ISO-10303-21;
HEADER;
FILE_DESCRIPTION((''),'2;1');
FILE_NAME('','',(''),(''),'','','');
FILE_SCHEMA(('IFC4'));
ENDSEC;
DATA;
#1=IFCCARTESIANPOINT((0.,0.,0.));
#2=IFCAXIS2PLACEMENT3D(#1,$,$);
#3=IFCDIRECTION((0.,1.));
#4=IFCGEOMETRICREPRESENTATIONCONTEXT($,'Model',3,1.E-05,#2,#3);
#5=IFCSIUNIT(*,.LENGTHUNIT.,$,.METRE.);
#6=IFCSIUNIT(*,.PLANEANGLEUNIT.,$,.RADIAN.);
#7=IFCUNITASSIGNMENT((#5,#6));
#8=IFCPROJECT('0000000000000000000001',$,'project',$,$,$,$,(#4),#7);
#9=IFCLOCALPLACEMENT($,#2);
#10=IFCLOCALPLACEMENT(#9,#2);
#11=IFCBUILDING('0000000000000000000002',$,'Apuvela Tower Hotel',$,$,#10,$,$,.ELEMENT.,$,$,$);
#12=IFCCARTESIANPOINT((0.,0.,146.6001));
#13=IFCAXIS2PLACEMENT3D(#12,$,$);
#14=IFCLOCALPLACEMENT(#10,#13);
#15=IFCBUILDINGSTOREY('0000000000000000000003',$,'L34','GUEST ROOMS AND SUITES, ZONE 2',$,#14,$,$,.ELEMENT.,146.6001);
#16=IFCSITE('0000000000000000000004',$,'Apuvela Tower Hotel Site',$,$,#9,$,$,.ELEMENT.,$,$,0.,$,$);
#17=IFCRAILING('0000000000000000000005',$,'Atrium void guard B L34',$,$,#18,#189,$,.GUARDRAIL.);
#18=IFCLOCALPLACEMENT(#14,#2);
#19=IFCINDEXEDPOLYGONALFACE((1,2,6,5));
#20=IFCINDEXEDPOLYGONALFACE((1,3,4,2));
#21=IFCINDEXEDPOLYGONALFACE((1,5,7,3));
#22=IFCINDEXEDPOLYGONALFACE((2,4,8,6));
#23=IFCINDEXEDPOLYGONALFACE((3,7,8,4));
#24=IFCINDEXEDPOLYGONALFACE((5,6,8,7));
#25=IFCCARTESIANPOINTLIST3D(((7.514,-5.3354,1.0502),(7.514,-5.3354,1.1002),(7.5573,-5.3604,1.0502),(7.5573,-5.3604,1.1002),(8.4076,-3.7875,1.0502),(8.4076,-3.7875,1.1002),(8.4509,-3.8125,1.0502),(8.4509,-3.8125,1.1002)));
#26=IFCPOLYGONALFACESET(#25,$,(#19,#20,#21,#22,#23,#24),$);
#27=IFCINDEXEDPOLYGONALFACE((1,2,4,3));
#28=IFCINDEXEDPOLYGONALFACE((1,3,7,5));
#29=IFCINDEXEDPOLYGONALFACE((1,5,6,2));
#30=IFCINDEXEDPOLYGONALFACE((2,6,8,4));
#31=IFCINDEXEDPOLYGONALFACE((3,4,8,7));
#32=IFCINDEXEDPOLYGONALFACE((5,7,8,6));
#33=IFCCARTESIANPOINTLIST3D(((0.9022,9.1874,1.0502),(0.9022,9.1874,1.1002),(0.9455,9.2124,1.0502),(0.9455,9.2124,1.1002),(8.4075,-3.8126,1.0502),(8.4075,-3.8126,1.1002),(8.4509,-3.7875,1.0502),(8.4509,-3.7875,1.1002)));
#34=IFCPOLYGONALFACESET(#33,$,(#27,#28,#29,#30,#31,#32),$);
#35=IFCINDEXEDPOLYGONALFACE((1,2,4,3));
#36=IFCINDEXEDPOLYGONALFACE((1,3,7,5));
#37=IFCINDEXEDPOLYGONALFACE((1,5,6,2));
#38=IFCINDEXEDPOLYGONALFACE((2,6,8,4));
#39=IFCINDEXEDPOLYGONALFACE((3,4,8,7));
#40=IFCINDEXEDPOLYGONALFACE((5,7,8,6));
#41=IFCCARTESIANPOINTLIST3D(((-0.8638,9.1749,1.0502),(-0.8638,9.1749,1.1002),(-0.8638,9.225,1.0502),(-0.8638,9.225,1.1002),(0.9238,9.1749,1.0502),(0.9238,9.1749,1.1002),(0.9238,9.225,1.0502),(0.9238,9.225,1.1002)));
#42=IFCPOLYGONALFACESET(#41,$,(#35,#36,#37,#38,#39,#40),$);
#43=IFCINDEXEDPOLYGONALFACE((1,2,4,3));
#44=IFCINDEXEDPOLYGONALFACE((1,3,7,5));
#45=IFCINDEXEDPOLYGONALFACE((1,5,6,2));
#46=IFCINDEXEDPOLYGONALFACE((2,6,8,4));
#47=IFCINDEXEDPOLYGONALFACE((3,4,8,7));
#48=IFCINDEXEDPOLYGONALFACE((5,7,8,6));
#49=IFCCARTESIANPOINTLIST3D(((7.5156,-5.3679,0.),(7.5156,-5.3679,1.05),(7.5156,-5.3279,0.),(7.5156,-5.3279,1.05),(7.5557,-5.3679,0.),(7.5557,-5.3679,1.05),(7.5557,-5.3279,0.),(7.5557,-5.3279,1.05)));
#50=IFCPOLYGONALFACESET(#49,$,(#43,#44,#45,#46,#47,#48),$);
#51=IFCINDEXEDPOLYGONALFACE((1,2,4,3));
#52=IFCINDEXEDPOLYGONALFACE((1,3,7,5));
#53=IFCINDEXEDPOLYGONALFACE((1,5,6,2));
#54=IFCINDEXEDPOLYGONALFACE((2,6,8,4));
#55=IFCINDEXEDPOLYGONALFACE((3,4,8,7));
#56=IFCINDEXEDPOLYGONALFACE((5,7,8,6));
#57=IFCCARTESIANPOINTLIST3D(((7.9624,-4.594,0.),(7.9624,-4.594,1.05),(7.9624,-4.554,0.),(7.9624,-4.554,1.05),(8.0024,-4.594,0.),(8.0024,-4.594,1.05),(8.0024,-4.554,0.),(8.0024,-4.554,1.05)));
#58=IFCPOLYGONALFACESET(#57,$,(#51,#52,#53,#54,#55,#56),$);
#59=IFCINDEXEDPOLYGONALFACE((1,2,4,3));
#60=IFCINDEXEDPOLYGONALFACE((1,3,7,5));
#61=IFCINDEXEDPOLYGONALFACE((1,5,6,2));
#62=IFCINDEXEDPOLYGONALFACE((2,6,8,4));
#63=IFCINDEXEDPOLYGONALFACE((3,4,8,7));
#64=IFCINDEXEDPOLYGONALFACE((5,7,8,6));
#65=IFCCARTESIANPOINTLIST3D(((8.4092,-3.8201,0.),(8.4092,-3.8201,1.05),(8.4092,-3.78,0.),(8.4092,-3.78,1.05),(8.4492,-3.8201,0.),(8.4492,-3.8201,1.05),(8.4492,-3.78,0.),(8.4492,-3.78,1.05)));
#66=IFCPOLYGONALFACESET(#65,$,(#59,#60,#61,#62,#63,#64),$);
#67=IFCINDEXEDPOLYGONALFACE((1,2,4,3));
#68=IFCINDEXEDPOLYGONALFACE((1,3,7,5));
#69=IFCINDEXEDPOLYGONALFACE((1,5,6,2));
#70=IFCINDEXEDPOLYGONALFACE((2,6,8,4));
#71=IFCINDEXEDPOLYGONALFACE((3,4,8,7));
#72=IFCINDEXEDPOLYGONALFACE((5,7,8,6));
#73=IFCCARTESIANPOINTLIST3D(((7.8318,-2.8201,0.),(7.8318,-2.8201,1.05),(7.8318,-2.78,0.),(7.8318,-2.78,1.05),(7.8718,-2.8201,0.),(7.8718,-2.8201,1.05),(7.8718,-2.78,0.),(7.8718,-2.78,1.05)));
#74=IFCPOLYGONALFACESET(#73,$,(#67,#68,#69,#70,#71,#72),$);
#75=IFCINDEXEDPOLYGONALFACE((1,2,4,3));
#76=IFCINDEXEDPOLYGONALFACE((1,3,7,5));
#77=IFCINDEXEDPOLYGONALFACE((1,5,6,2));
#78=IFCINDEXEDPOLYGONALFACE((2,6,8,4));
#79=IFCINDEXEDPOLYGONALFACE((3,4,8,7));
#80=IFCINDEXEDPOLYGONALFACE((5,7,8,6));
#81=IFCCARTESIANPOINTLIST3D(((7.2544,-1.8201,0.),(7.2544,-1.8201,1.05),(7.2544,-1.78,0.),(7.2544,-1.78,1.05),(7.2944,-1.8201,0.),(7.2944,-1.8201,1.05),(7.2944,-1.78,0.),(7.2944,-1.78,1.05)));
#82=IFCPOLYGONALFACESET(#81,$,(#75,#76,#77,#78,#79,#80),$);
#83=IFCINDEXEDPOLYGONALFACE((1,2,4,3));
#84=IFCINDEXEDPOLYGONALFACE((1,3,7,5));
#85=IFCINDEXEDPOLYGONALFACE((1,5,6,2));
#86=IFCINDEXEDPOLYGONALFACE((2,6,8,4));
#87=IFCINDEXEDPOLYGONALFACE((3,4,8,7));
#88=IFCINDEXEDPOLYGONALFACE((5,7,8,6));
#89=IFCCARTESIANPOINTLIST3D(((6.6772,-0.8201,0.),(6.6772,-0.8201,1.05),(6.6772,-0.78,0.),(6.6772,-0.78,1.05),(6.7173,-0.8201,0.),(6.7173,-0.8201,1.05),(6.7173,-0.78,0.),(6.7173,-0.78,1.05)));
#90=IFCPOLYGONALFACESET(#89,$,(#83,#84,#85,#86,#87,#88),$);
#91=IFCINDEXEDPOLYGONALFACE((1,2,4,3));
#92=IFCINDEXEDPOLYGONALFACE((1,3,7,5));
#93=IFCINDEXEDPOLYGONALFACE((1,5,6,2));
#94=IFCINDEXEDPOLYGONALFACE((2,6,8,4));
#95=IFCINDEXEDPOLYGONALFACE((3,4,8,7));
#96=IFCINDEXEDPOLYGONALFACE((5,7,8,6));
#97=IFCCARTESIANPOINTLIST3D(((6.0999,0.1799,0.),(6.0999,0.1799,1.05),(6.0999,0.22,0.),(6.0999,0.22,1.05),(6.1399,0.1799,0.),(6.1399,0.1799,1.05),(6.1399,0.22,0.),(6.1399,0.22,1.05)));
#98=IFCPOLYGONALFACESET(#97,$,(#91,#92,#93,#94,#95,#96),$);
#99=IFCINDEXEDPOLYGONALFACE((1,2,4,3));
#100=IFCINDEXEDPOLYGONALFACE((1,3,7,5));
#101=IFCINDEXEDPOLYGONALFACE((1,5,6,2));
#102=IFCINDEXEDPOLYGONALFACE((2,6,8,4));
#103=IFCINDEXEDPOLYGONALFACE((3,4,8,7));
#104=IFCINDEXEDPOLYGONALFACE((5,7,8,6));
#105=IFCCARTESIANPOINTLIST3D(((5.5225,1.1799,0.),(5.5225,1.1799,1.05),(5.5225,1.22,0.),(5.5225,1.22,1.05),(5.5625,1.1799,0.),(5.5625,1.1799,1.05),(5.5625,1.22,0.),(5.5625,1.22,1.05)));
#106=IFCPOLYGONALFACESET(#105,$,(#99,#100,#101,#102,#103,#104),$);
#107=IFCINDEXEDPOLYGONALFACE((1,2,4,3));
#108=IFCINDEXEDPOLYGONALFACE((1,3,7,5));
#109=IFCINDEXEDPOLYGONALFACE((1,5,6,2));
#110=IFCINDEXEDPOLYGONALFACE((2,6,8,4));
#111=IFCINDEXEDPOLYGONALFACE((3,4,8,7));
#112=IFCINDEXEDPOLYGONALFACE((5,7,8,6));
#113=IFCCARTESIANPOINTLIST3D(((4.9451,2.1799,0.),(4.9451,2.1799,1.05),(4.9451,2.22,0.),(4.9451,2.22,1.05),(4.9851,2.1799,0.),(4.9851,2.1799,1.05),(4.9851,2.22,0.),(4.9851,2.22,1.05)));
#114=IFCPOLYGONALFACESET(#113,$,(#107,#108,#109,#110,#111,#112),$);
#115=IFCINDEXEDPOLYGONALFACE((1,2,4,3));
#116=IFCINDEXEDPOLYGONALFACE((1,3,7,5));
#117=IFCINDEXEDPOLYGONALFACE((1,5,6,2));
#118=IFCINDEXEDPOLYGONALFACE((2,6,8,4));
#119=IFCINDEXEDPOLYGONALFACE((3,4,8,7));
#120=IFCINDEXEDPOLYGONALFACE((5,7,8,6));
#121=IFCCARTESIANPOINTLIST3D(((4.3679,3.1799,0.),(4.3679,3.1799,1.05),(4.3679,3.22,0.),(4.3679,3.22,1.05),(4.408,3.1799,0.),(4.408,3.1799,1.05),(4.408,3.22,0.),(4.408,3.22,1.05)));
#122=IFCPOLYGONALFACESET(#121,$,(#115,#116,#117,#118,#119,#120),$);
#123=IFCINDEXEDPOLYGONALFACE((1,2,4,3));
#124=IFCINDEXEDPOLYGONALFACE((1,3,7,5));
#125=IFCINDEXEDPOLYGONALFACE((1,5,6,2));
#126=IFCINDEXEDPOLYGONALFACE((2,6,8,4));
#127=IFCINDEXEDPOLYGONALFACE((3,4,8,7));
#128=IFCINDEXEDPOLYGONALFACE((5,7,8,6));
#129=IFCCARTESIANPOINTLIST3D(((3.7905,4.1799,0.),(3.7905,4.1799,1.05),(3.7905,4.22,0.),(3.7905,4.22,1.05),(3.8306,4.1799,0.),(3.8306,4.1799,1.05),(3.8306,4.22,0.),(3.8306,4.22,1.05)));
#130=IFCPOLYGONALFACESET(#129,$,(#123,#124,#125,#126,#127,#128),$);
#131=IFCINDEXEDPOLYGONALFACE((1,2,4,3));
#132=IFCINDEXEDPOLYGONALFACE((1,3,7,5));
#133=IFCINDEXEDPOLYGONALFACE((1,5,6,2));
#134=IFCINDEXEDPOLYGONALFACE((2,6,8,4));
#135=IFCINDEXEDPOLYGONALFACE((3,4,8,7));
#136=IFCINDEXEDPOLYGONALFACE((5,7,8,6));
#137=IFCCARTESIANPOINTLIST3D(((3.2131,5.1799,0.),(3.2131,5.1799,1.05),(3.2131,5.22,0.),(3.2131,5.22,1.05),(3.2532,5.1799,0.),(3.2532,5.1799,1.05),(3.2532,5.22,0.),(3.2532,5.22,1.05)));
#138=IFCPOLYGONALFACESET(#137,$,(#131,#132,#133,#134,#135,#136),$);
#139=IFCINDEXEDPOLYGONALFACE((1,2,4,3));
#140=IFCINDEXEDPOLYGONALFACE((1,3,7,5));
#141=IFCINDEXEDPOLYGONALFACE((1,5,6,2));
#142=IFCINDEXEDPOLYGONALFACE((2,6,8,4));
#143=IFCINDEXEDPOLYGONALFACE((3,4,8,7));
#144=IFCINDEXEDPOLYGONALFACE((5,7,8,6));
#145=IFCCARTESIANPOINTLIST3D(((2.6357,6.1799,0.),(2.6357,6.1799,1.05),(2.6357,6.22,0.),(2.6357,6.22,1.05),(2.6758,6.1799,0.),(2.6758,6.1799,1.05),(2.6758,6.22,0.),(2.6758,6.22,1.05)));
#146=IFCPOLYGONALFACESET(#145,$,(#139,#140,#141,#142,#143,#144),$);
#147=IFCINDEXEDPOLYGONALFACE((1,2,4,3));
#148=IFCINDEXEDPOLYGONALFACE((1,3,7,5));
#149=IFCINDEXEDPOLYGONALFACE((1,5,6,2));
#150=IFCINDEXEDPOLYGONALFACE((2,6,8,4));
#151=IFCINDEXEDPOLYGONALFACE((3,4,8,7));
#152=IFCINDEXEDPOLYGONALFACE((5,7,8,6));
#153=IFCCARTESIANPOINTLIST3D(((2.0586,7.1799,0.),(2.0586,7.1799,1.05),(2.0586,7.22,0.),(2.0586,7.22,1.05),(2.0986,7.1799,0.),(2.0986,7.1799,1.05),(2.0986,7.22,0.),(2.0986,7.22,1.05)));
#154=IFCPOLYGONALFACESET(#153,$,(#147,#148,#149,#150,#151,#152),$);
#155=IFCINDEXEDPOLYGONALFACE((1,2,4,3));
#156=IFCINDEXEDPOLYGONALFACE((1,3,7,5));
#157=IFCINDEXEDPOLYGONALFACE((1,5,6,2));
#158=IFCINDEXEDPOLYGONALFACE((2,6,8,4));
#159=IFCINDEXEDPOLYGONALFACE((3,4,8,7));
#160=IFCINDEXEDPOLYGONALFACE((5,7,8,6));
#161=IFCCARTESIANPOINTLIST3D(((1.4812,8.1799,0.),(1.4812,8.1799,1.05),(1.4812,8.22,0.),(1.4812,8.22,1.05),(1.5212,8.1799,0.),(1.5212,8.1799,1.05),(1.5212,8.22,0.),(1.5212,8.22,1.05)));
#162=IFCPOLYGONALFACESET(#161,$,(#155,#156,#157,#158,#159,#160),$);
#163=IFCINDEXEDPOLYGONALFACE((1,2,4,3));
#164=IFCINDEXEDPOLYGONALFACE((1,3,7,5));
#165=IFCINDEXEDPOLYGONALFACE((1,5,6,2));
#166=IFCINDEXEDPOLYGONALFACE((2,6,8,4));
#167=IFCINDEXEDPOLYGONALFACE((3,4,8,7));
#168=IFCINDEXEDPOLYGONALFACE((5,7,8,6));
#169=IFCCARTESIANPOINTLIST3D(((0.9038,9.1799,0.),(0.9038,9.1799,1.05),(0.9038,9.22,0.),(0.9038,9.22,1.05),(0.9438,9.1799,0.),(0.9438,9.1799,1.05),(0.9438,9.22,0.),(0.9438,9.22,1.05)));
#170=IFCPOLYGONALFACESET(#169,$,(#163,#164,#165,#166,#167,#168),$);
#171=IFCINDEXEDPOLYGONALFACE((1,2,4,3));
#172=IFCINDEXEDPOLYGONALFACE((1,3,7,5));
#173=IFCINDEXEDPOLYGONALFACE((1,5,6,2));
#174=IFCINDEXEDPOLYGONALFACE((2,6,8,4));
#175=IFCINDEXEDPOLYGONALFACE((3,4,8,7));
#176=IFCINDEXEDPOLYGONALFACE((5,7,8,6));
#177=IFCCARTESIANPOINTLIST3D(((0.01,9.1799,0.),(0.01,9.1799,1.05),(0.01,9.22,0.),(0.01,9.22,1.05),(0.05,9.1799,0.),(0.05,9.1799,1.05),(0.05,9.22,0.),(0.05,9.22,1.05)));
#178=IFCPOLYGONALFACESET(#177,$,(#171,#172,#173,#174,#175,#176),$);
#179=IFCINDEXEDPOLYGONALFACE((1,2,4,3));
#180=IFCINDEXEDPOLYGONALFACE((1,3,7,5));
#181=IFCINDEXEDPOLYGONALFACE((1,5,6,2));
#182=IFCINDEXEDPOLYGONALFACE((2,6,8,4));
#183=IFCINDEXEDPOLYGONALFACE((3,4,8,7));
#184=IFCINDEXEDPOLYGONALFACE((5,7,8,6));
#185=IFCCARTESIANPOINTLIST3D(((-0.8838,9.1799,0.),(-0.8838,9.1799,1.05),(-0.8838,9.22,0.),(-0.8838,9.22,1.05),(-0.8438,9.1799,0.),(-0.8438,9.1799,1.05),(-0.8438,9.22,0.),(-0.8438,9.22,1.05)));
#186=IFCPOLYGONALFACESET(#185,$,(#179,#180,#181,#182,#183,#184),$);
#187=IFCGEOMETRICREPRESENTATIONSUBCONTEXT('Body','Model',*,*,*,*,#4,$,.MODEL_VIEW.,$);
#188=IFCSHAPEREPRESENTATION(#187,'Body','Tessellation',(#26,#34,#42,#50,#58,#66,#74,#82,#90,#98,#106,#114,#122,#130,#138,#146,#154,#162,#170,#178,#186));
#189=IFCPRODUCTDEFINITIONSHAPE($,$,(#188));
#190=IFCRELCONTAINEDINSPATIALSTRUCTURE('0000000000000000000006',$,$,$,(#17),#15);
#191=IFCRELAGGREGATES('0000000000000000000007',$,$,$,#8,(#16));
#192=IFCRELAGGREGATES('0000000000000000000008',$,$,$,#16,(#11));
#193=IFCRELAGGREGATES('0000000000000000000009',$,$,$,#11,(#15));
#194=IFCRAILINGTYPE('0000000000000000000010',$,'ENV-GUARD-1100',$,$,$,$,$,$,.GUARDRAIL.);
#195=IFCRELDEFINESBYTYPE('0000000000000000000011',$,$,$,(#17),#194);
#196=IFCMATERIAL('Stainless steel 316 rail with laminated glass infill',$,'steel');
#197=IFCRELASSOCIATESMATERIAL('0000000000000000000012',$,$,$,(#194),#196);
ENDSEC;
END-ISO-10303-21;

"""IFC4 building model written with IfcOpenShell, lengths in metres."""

from ifc_helpers import new_model, si_unit, direction, frame, origin, origin_2d, place, context, subcontext, project, spatial, rectangle, extrude, material, type_object, element, save


model = new_model("IFC4")

# Units and contexts
model_context = context("Model", 3, precision=1e-05, world=origin(), true_north=direction((0.0, 1.0)))
body_context = subcontext(model_context, "Body", "Model", "MODEL_VIEW")
ifc_project = project(units=[si_unit("LENGTHUNIT", "METRE"), si_unit("PLANEANGLEUNIT", "RADIAN")], contexts=[model_context])

# Site, building, storey
site_placement = place(None, origin())
site = spatial("IfcSite", under=ifc_project, at=site_placement, Name="Apuvela Tower Hotel Site", CompositionType="ELEMENT", RefElevation=0.0)
building_placement = place(site_placement, origin())
building = spatial("IfcBuilding", under=site, at=building_placement, Name="Apuvela Tower Hotel", CompositionType="ELEMENT")
storey_placement = place(building_placement, frame((0.0, 0.0, 146.6001)))
storey = spatial("IfcBuildingStorey", under=building, at=storey_placement, Name="L34", Description="GUEST ROOMS AND SUITES, ZONE 2", CompositionType="ELEMENT", Elevation=146.6001)

# Railing
ifc_material_1 = material(Name="Stainless steel 316 rail with laminated glass infill", Category="steel")
railing_type = type_object("IfcRailingType", Name="ENV-GUARD-1100", PredefinedType="GUARDRAIL", material=ifc_material_1)
railing_placement = place(storey_placement, frame((7.5356, -5.3479, 0.0)))
element("IfcRailing", 1, at=railing_placement, inside=storey, type_object=railing_type, Name="Atrium void guard B L34", PredefinedType="GUARDRAIL", context=body_context, shape_type="SweptSolid", body=[
    extrude(rectangle(XDim=0.05, YDim=0.05, at=origin_2d()), frame((0.0, 0.0, 1.0752), z_axis=(0.499959, 0.866049, 0.0), x_axis=(-0.866049, 0.499959, 0.0)), (0.0, 0.0, 1.0), 1.7874),
    extrude(rectangle(XDim=0.05, YDim=0.05, at=origin_2d()), frame((0.8936, 1.5479, 1.0752), z_axis=(-0.499991, 0.866031, 0.0), x_axis=(-0.866031, -0.499991, 0.0)), (0.0, 0.0, 1.0), 15.011),
    extrude(rectangle(XDim=0.05, YDim=0.05, at=origin_2d()), frame((-6.6118, 14.5479, 1.0752), z_axis=(-1.0, 0.0, 0.0), x_axis=(0.0, -1.0, 0.0)), (0.0, 0.0, 1.0), 1.7876),
    extrude(rectangle(XDim=0.04, YDim=0.04, at=origin_2d()), origin(), (0.0, 0.0, 1.0), 1.05),
    extrude(rectangle(XDim=0.04, YDim=0.04, at=origin_2d()), frame((0.4468, 0.7739, 0.0)), (0.0, 0.0, 1.0), 1.05),
    extrude(rectangle(XDim=0.04, YDim=0.04, at=origin_2d()), frame((0.8936, 1.5479, 0.0)), (0.0, 0.0, 1.0), 1.05),
    extrude(rectangle(XDim=0.04, YDim=0.04, at=origin_2d()), frame((0.3162, 2.5479, 0.0)), (0.0, 0.0, 1.0), 1.05),
    extrude(rectangle(XDim=0.04, YDim=0.04, at=origin_2d()), frame((-0.2612, 3.5479, 0.0)), (0.0, 0.0, 1.0), 1.05),
    extrude(rectangle(XDim=0.04, YDim=0.04, at=origin_2d()), frame((-0.8384, 4.5479, 0.0)), (0.0, 0.0, 1.0), 1.05),
    extrude(rectangle(XDim=0.04, YDim=0.04, at=origin_2d()), frame((-1.4158, 5.5479, 0.0)), (0.0, 0.0, 1.0), 1.05),
    extrude(rectangle(XDim=0.04, YDim=0.04, at=origin_2d()), frame((-1.9932, 6.5479, 0.0)), (0.0, 0.0, 1.0), 1.05),
    extrude(rectangle(XDim=0.04, YDim=0.04, at=origin_2d()), frame((-2.5706, 7.5479, 0.0)), (0.0, 0.0, 1.0), 1.05),
    extrude(rectangle(XDim=0.04, YDim=0.04, at=origin_2d()), frame((-3.1477, 8.5479, 0.0)), (0.0, 0.0, 1.0), 1.05),
    extrude(rectangle(XDim=0.04, YDim=0.04, at=origin_2d()), frame((-3.7251, 9.5479, 0.0)), (0.0, 0.0, 1.0), 1.05),
    extrude(rectangle(XDim=0.04, YDim=0.04, at=origin_2d()), frame((-4.3025, 10.5479, 0.0)), (0.0, 0.0, 1.0), 1.05),
    extrude(rectangle(XDim=0.04, YDim=0.04, at=origin_2d()), frame((-4.8799, 11.5479, 0.0)), (0.0, 0.0, 1.0), 1.05),
    extrude(rectangle(XDim=0.04, YDim=0.04, at=origin_2d()), frame((-5.457, 12.5479, 0.0)), (0.0, 0.0, 1.0), 1.05),
    extrude(rectangle(XDim=0.04, YDim=0.04, at=origin_2d()), frame((-6.0344, 13.5479, 0.0)), (0.0, 0.0, 1.0), 1.05),
    extrude(rectangle(XDim=0.04, YDim=0.04, at=origin_2d()), frame((-6.6118, 14.5479, 0.0)), (0.0, 0.0, 1.0), 1.05),
    extrude(rectangle(XDim=0.04, YDim=0.04, at=origin_2d()), frame((-7.5056, 14.5479, 0.0)), (0.0, 0.0, 1.0), 1.05),
    extrude(rectangle(XDim=0.04, YDim=0.04, at=origin_2d()), frame((-8.3994, 14.5479, 0.0)), (0.0, 0.0, 1.0), 1.05),
])

save(model, "model.ifc")
